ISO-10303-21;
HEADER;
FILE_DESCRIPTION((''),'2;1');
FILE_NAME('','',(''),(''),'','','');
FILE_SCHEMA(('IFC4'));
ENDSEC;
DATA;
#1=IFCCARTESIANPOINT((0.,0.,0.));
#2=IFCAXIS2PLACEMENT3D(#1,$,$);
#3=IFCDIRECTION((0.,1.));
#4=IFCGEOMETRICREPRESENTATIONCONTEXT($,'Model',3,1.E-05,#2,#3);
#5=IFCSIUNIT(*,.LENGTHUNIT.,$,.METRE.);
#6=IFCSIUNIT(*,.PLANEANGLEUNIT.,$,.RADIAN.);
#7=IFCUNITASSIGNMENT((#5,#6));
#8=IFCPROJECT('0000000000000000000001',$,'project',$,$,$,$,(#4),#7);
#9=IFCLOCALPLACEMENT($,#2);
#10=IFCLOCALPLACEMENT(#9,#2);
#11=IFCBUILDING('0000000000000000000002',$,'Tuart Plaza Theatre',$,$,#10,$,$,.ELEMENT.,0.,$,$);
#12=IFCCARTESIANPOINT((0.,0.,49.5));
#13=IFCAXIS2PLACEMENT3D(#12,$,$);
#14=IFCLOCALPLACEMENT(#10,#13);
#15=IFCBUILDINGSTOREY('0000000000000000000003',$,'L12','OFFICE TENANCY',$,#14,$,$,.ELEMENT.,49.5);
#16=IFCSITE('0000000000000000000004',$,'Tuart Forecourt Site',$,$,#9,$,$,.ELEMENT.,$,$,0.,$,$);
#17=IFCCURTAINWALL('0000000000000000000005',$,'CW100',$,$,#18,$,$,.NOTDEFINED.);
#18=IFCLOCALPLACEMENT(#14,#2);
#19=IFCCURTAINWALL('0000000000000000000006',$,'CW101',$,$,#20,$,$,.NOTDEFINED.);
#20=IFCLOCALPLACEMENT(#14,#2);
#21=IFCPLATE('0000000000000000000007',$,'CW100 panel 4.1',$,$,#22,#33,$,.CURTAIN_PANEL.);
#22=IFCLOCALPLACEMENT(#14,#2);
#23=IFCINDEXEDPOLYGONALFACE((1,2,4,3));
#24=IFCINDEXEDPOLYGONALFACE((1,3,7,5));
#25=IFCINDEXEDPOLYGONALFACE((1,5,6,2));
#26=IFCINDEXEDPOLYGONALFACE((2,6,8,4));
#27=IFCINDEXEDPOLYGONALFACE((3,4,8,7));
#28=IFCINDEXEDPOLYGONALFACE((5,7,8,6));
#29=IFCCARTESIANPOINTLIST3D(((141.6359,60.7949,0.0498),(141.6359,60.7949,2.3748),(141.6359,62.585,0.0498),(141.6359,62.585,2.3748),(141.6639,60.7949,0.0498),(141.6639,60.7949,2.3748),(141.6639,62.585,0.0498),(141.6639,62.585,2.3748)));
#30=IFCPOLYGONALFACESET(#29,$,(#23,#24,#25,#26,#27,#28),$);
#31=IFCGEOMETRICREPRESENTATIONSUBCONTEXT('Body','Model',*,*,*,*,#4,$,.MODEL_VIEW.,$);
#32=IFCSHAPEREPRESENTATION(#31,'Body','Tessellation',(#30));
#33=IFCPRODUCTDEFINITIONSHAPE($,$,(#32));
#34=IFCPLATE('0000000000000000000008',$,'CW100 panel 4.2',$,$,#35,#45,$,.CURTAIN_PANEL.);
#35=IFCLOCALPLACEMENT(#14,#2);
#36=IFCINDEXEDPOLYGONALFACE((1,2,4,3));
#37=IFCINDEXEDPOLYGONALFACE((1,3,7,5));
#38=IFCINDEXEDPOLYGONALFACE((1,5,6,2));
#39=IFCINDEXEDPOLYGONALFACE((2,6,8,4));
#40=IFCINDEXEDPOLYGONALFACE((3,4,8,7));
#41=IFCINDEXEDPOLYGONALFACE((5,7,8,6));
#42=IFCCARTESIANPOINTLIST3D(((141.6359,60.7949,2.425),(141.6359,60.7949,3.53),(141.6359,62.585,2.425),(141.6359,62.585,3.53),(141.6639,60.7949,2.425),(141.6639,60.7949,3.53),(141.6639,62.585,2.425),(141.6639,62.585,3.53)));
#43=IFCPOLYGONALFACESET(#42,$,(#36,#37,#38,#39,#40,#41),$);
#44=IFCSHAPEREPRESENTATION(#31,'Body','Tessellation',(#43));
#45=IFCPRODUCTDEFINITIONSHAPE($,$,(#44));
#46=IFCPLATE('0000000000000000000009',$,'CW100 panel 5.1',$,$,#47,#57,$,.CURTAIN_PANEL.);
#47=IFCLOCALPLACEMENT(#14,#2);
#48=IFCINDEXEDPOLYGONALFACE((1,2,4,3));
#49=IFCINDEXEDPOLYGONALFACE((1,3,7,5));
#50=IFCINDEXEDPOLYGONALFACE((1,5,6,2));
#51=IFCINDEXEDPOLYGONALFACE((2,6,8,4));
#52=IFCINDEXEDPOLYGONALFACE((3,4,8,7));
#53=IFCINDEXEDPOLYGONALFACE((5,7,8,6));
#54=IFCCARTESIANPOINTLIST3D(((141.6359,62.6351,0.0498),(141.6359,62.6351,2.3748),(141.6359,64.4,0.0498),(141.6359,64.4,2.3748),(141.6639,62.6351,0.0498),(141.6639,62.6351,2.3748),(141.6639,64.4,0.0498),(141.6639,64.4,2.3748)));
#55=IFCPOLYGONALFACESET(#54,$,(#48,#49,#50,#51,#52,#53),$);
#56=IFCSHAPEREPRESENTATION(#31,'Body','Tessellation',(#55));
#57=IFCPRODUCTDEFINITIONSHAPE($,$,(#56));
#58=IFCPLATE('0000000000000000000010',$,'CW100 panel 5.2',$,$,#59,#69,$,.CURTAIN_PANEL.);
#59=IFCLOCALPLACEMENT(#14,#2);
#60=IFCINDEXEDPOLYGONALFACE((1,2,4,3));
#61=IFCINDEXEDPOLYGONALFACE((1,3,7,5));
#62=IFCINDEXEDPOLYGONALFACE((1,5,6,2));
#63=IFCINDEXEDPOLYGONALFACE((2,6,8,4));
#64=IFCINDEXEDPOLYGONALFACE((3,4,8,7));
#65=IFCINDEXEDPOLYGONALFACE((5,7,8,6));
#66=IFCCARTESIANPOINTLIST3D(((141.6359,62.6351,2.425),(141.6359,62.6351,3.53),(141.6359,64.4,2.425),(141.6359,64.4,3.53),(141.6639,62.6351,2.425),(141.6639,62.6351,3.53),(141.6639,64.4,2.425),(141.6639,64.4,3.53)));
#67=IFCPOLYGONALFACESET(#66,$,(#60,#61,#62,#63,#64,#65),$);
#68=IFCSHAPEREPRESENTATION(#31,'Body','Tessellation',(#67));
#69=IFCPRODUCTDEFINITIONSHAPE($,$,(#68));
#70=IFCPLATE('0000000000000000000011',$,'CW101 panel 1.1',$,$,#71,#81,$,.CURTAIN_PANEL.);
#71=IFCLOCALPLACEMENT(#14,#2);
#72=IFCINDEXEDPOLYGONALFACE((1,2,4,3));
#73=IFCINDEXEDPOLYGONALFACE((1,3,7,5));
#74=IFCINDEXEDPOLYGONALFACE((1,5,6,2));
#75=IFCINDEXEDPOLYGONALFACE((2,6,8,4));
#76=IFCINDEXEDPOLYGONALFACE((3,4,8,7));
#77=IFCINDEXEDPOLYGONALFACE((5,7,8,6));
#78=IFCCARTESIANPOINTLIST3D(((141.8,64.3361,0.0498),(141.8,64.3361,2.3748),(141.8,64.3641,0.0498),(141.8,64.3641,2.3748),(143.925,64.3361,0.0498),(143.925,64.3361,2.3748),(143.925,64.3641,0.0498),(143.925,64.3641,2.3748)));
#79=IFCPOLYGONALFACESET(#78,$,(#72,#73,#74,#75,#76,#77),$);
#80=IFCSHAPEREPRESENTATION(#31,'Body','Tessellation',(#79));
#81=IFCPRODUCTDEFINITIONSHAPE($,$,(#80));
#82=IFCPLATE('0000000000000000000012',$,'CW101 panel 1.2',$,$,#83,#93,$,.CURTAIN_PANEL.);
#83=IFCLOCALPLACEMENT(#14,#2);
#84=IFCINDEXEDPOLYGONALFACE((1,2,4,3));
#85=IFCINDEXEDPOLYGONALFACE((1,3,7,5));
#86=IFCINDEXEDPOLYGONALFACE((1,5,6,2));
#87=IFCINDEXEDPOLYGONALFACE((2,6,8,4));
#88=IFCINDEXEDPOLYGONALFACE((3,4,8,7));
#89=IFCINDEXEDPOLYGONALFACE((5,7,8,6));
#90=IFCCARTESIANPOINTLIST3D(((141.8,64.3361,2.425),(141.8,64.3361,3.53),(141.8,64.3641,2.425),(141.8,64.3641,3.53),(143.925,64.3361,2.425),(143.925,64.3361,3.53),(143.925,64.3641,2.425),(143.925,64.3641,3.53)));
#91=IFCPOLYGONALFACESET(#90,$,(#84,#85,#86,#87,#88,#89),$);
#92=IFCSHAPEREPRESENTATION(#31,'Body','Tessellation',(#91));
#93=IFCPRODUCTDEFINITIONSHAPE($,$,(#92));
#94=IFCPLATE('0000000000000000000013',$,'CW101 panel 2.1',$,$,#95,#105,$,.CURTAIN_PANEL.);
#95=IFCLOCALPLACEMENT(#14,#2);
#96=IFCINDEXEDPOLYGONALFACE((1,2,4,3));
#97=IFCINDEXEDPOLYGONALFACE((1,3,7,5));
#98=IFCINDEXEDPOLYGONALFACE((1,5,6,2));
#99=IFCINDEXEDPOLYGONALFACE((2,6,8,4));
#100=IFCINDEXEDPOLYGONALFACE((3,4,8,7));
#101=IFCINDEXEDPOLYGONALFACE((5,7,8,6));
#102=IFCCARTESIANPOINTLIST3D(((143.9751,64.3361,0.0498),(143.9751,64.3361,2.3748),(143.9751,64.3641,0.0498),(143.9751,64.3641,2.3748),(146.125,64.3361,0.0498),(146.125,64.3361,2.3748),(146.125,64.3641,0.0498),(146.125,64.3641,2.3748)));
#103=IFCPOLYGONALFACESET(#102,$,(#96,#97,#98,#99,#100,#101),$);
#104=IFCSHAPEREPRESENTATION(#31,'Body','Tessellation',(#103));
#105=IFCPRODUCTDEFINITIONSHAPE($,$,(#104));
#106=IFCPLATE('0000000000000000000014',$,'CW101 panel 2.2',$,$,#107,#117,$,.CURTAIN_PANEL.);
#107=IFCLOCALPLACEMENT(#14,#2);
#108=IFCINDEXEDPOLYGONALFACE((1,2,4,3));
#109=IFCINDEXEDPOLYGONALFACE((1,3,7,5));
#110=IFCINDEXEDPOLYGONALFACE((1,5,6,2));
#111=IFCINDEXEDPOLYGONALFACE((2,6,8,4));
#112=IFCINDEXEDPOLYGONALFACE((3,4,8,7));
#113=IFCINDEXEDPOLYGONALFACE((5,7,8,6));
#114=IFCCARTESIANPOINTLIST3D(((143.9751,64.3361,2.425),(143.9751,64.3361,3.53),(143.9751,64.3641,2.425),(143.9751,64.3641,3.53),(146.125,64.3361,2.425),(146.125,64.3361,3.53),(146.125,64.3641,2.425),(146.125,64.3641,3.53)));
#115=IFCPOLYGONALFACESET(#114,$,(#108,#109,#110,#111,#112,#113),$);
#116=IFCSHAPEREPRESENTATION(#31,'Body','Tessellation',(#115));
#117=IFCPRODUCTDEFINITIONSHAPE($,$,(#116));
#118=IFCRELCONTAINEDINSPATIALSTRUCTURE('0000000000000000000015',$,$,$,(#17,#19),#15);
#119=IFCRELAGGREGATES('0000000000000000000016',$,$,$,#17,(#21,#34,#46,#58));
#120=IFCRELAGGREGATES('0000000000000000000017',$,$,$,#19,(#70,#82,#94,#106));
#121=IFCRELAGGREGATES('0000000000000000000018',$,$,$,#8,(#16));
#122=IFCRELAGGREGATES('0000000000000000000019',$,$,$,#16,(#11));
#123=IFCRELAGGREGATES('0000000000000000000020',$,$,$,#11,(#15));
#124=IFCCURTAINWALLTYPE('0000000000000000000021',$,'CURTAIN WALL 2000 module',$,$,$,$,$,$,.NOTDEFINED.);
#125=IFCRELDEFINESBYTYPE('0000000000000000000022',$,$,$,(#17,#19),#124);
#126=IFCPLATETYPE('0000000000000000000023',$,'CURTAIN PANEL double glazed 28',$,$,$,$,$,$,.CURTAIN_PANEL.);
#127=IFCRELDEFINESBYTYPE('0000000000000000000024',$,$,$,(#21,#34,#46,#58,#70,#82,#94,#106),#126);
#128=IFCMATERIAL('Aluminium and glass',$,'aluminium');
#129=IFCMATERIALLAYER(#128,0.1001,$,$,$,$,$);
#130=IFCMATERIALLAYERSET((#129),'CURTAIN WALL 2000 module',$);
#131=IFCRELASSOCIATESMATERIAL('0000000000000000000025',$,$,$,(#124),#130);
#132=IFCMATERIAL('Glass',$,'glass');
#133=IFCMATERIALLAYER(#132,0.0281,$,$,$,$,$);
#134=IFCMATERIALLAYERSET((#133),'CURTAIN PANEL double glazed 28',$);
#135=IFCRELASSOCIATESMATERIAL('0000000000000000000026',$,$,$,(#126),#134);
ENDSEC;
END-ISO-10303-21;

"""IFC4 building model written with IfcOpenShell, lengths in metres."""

from ifc_helpers import new_model, si_unit, direction, frame, origin, origin_2d, place, context, subcontext, project, spatial, rectangle, extrude, material, layer, layer_set, type_object, element, aggregate, save


model = new_model("IFC4")

# Units and contexts
model_context = context("Model", 3, precision=1e-05, world=origin(), true_north=direction((0.0, 1.0)))
body_context = subcontext(model_context, "Body", "Model", "MODEL_VIEW")
ifc_project = project(units=[si_unit("LENGTHUNIT", "METRE"), si_unit("PLANEANGLEUNIT", "RADIAN")], contexts=[model_context])

# Site, building, storey
site_placement = place(None, origin())
site = spatial("IfcSite", under=ifc_project, at=site_placement, Name="Tuart Forecourt Site", CompositionType="ELEMENT", RefElevation=0.0)
building_placement = place(site_placement, origin())
building = spatial("IfcBuilding", under=site, at=building_placement, Name="Tuart Plaza Theatre", CompositionType="ELEMENT", ElevationOfRefHeight=0.0)
storey_placement = place(building_placement, frame((0.0, 0.0, 49.5)))
storey = spatial("IfcBuildingStorey", under=building, at=storey_placement, Name="L12", Description="OFFICE TENANCY", CompositionType="ELEMENT", Elevation=49.5)

# Curtain walls
ifc_material_1 = material(Name="Aluminium and glass", Category="aluminium")
ifc_layer_1 = layer(ifc_material_1, 0.1001)
ifc_layer_set_1 = layer_set([ifc_layer_1], Name="CURTAIN WALL 2000 module")
curtain_wall_type = type_object("IfcCurtainWallType", Name="CURTAIN WALL 2000 module", PredefinedType="NOTDEFINED", material=ifc_layer_set_1)
curtain_wall_1_placement = place(storey_placement, origin())
curtain_wall_1 = element("IfcCurtainWall", 1, at=curtain_wall_1_placement, inside=storey, type_object=curtain_wall_type, Name="CW100", PredefinedType="NOTDEFINED")
curtain_wall_2_placement = place(storey_placement, origin())
curtain_wall_2 = element("IfcCurtainWall", 2, at=curtain_wall_2_placement, inside=storey, type_object=curtain_wall_type, Name="CW101", PredefinedType="NOTDEFINED")

# Plates
ifc_material_2 = material(Name="Glass", Category="glass")
ifc_layer_2 = layer(ifc_material_2, 0.0281)
ifc_layer_set_2 = layer_set([ifc_layer_2], Name="CURTAIN PANEL double glazed 28")
plate_type = type_object("IfcPlateType", Name="CURTAIN PANEL double glazed 28", PredefinedType="CURTAIN_PANEL", material=ifc_layer_set_2)
plate_1_placement = place(storey_placement, frame((141.6499, 61.6899, 0.0498), z_axis=(0.0, 0.0, 1.0), x_axis=(0.0, 1.0, 0.0)))
plate_1 = element("IfcPlate", 3, at=plate_1_placement, type_object=plate_type, Name="CW100 panel 4.1", PredefinedType="CURTAIN_PANEL", context=body_context, shape_type="SweptSolid", body=[
    extrude(rectangle(XDim=1.79, YDim=0.0281, at=origin_2d()), origin(), (0.0, 0.0, 1.0), 2.325),
])
plate_2_placement = place(storey_placement, frame((141.6499, 61.6899, 2.425), z_axis=(0.0, 0.0, 1.0), x_axis=(0.0, 1.0, 0.0)))
plate_2 = element("IfcPlate", 4, at=plate_2_placement, type_object=plate_type, Name="CW100 panel 4.2", PredefinedType="CURTAIN_PANEL", context=body_context, shape_type="SweptSolid", body=[
    extrude(rectangle(XDim=1.79, YDim=0.0281, at=origin_2d()), origin(), (0.0, 0.0, 1.0), 1.105),
])
plate_3_placement = place(storey_placement, frame((141.6499, 63.5176, 0.0498), z_axis=(0.0, 0.0, 1.0), x_axis=(0.0, 1.0, 0.0)))
plate_3 = element("IfcPlate", 5, at=plate_3_placement, type_object=plate_type, Name="CW100 panel 5.1", PredefinedType="CURTAIN_PANEL", context=body_context, shape_type="SweptSolid", body=[
    extrude(rectangle(XDim=1.7649, YDim=0.0281, at=origin_2d()), origin(), (0.0, 0.0, 1.0), 2.325),
])
plate_4_placement = place(storey_placement, frame((141.6499, 63.5176, 2.425), z_axis=(0.0, 0.0, 1.0), x_axis=(0.0, 1.0, 0.0)))
plate_4 = element("IfcPlate", 6, at=plate_4_placement, type_object=plate_type, Name="CW100 panel 5.2", PredefinedType="CURTAIN_PANEL", context=body_context, shape_type="SweptSolid", body=[
    extrude(rectangle(XDim=1.7649, YDim=0.0281, at=origin_2d()), origin(), (0.0, 0.0, 1.0), 1.105),
])
aggregate(curtain_wall_1, [plate_1, plate_2, plate_3, plate_4])
plate_5_placement = place(storey_placement, frame((142.8625, 64.3501, 0.0498), z_axis=(0.0, 0.0, 1.0), x_axis=(1.0, 0.0, 0.0)))
plate_5 = element("IfcPlate", 7, at=plate_5_placement, type_object=plate_type, Name="CW101 panel 1.1", PredefinedType="CURTAIN_PANEL", context=body_context, shape_type="SweptSolid", body=[
    extrude(rectangle(XDim=2.125, YDim=0.0281, at=origin_2d()), origin(), (0.0, 0.0, 1.0), 2.325),
])
plate_6_placement = place(storey_placement, frame((142.8625, 64.3501, 2.425), z_axis=(0.0, 0.0, 1.0), x_axis=(1.0, 0.0, 0.0)))
plate_6 = element("IfcPlate", 8, at=plate_6_placement, type_object=plate_type, Name="CW101 panel 1.2", PredefinedType="CURTAIN_PANEL", context=body_context, shape_type="SweptSolid", body=[
    extrude(rectangle(XDim=2.125, YDim=0.0281, at=origin_2d()), origin(), (0.0, 0.0, 1.0), 1.105),
])
plate_7_placement = place(storey_placement, frame((145.05, 64.3501, 0.0498), z_axis=(0.0, 0.0, 1.0), x_axis=(1.0, 0.0, 0.0)))
plate_7 = element("IfcPlate", 9, at=plate_7_placement, type_object=plate_type, Name="CW101 panel 2.1", PredefinedType="CURTAIN_PANEL", context=body_context, shape_type="SweptSolid", body=[
    extrude(rectangle(XDim=2.1499, YDim=0.0281, at=origin_2d()), origin(), (0.0, 0.0, 1.0), 2.325),
])
plate_8_placement = place(storey_placement, frame((145.05, 64.3501, 2.425), z_axis=(0.0, 0.0, 1.0), x_axis=(1.0, 0.0, 0.0)))
plate_8 = element("IfcPlate", 10, at=plate_8_placement, type_object=plate_type, Name="CW101 panel 2.2", PredefinedType="CURTAIN_PANEL", context=body_context, shape_type="SweptSolid", body=[
    extrude(rectangle(XDim=2.1499, YDim=0.0281, at=origin_2d()), origin(), (0.0, 0.0, 1.0), 1.105),
])
aggregate(curtain_wall_2, [plate_5, plate_6, plate_7, plate_8])

save(model, "model.ifc")
